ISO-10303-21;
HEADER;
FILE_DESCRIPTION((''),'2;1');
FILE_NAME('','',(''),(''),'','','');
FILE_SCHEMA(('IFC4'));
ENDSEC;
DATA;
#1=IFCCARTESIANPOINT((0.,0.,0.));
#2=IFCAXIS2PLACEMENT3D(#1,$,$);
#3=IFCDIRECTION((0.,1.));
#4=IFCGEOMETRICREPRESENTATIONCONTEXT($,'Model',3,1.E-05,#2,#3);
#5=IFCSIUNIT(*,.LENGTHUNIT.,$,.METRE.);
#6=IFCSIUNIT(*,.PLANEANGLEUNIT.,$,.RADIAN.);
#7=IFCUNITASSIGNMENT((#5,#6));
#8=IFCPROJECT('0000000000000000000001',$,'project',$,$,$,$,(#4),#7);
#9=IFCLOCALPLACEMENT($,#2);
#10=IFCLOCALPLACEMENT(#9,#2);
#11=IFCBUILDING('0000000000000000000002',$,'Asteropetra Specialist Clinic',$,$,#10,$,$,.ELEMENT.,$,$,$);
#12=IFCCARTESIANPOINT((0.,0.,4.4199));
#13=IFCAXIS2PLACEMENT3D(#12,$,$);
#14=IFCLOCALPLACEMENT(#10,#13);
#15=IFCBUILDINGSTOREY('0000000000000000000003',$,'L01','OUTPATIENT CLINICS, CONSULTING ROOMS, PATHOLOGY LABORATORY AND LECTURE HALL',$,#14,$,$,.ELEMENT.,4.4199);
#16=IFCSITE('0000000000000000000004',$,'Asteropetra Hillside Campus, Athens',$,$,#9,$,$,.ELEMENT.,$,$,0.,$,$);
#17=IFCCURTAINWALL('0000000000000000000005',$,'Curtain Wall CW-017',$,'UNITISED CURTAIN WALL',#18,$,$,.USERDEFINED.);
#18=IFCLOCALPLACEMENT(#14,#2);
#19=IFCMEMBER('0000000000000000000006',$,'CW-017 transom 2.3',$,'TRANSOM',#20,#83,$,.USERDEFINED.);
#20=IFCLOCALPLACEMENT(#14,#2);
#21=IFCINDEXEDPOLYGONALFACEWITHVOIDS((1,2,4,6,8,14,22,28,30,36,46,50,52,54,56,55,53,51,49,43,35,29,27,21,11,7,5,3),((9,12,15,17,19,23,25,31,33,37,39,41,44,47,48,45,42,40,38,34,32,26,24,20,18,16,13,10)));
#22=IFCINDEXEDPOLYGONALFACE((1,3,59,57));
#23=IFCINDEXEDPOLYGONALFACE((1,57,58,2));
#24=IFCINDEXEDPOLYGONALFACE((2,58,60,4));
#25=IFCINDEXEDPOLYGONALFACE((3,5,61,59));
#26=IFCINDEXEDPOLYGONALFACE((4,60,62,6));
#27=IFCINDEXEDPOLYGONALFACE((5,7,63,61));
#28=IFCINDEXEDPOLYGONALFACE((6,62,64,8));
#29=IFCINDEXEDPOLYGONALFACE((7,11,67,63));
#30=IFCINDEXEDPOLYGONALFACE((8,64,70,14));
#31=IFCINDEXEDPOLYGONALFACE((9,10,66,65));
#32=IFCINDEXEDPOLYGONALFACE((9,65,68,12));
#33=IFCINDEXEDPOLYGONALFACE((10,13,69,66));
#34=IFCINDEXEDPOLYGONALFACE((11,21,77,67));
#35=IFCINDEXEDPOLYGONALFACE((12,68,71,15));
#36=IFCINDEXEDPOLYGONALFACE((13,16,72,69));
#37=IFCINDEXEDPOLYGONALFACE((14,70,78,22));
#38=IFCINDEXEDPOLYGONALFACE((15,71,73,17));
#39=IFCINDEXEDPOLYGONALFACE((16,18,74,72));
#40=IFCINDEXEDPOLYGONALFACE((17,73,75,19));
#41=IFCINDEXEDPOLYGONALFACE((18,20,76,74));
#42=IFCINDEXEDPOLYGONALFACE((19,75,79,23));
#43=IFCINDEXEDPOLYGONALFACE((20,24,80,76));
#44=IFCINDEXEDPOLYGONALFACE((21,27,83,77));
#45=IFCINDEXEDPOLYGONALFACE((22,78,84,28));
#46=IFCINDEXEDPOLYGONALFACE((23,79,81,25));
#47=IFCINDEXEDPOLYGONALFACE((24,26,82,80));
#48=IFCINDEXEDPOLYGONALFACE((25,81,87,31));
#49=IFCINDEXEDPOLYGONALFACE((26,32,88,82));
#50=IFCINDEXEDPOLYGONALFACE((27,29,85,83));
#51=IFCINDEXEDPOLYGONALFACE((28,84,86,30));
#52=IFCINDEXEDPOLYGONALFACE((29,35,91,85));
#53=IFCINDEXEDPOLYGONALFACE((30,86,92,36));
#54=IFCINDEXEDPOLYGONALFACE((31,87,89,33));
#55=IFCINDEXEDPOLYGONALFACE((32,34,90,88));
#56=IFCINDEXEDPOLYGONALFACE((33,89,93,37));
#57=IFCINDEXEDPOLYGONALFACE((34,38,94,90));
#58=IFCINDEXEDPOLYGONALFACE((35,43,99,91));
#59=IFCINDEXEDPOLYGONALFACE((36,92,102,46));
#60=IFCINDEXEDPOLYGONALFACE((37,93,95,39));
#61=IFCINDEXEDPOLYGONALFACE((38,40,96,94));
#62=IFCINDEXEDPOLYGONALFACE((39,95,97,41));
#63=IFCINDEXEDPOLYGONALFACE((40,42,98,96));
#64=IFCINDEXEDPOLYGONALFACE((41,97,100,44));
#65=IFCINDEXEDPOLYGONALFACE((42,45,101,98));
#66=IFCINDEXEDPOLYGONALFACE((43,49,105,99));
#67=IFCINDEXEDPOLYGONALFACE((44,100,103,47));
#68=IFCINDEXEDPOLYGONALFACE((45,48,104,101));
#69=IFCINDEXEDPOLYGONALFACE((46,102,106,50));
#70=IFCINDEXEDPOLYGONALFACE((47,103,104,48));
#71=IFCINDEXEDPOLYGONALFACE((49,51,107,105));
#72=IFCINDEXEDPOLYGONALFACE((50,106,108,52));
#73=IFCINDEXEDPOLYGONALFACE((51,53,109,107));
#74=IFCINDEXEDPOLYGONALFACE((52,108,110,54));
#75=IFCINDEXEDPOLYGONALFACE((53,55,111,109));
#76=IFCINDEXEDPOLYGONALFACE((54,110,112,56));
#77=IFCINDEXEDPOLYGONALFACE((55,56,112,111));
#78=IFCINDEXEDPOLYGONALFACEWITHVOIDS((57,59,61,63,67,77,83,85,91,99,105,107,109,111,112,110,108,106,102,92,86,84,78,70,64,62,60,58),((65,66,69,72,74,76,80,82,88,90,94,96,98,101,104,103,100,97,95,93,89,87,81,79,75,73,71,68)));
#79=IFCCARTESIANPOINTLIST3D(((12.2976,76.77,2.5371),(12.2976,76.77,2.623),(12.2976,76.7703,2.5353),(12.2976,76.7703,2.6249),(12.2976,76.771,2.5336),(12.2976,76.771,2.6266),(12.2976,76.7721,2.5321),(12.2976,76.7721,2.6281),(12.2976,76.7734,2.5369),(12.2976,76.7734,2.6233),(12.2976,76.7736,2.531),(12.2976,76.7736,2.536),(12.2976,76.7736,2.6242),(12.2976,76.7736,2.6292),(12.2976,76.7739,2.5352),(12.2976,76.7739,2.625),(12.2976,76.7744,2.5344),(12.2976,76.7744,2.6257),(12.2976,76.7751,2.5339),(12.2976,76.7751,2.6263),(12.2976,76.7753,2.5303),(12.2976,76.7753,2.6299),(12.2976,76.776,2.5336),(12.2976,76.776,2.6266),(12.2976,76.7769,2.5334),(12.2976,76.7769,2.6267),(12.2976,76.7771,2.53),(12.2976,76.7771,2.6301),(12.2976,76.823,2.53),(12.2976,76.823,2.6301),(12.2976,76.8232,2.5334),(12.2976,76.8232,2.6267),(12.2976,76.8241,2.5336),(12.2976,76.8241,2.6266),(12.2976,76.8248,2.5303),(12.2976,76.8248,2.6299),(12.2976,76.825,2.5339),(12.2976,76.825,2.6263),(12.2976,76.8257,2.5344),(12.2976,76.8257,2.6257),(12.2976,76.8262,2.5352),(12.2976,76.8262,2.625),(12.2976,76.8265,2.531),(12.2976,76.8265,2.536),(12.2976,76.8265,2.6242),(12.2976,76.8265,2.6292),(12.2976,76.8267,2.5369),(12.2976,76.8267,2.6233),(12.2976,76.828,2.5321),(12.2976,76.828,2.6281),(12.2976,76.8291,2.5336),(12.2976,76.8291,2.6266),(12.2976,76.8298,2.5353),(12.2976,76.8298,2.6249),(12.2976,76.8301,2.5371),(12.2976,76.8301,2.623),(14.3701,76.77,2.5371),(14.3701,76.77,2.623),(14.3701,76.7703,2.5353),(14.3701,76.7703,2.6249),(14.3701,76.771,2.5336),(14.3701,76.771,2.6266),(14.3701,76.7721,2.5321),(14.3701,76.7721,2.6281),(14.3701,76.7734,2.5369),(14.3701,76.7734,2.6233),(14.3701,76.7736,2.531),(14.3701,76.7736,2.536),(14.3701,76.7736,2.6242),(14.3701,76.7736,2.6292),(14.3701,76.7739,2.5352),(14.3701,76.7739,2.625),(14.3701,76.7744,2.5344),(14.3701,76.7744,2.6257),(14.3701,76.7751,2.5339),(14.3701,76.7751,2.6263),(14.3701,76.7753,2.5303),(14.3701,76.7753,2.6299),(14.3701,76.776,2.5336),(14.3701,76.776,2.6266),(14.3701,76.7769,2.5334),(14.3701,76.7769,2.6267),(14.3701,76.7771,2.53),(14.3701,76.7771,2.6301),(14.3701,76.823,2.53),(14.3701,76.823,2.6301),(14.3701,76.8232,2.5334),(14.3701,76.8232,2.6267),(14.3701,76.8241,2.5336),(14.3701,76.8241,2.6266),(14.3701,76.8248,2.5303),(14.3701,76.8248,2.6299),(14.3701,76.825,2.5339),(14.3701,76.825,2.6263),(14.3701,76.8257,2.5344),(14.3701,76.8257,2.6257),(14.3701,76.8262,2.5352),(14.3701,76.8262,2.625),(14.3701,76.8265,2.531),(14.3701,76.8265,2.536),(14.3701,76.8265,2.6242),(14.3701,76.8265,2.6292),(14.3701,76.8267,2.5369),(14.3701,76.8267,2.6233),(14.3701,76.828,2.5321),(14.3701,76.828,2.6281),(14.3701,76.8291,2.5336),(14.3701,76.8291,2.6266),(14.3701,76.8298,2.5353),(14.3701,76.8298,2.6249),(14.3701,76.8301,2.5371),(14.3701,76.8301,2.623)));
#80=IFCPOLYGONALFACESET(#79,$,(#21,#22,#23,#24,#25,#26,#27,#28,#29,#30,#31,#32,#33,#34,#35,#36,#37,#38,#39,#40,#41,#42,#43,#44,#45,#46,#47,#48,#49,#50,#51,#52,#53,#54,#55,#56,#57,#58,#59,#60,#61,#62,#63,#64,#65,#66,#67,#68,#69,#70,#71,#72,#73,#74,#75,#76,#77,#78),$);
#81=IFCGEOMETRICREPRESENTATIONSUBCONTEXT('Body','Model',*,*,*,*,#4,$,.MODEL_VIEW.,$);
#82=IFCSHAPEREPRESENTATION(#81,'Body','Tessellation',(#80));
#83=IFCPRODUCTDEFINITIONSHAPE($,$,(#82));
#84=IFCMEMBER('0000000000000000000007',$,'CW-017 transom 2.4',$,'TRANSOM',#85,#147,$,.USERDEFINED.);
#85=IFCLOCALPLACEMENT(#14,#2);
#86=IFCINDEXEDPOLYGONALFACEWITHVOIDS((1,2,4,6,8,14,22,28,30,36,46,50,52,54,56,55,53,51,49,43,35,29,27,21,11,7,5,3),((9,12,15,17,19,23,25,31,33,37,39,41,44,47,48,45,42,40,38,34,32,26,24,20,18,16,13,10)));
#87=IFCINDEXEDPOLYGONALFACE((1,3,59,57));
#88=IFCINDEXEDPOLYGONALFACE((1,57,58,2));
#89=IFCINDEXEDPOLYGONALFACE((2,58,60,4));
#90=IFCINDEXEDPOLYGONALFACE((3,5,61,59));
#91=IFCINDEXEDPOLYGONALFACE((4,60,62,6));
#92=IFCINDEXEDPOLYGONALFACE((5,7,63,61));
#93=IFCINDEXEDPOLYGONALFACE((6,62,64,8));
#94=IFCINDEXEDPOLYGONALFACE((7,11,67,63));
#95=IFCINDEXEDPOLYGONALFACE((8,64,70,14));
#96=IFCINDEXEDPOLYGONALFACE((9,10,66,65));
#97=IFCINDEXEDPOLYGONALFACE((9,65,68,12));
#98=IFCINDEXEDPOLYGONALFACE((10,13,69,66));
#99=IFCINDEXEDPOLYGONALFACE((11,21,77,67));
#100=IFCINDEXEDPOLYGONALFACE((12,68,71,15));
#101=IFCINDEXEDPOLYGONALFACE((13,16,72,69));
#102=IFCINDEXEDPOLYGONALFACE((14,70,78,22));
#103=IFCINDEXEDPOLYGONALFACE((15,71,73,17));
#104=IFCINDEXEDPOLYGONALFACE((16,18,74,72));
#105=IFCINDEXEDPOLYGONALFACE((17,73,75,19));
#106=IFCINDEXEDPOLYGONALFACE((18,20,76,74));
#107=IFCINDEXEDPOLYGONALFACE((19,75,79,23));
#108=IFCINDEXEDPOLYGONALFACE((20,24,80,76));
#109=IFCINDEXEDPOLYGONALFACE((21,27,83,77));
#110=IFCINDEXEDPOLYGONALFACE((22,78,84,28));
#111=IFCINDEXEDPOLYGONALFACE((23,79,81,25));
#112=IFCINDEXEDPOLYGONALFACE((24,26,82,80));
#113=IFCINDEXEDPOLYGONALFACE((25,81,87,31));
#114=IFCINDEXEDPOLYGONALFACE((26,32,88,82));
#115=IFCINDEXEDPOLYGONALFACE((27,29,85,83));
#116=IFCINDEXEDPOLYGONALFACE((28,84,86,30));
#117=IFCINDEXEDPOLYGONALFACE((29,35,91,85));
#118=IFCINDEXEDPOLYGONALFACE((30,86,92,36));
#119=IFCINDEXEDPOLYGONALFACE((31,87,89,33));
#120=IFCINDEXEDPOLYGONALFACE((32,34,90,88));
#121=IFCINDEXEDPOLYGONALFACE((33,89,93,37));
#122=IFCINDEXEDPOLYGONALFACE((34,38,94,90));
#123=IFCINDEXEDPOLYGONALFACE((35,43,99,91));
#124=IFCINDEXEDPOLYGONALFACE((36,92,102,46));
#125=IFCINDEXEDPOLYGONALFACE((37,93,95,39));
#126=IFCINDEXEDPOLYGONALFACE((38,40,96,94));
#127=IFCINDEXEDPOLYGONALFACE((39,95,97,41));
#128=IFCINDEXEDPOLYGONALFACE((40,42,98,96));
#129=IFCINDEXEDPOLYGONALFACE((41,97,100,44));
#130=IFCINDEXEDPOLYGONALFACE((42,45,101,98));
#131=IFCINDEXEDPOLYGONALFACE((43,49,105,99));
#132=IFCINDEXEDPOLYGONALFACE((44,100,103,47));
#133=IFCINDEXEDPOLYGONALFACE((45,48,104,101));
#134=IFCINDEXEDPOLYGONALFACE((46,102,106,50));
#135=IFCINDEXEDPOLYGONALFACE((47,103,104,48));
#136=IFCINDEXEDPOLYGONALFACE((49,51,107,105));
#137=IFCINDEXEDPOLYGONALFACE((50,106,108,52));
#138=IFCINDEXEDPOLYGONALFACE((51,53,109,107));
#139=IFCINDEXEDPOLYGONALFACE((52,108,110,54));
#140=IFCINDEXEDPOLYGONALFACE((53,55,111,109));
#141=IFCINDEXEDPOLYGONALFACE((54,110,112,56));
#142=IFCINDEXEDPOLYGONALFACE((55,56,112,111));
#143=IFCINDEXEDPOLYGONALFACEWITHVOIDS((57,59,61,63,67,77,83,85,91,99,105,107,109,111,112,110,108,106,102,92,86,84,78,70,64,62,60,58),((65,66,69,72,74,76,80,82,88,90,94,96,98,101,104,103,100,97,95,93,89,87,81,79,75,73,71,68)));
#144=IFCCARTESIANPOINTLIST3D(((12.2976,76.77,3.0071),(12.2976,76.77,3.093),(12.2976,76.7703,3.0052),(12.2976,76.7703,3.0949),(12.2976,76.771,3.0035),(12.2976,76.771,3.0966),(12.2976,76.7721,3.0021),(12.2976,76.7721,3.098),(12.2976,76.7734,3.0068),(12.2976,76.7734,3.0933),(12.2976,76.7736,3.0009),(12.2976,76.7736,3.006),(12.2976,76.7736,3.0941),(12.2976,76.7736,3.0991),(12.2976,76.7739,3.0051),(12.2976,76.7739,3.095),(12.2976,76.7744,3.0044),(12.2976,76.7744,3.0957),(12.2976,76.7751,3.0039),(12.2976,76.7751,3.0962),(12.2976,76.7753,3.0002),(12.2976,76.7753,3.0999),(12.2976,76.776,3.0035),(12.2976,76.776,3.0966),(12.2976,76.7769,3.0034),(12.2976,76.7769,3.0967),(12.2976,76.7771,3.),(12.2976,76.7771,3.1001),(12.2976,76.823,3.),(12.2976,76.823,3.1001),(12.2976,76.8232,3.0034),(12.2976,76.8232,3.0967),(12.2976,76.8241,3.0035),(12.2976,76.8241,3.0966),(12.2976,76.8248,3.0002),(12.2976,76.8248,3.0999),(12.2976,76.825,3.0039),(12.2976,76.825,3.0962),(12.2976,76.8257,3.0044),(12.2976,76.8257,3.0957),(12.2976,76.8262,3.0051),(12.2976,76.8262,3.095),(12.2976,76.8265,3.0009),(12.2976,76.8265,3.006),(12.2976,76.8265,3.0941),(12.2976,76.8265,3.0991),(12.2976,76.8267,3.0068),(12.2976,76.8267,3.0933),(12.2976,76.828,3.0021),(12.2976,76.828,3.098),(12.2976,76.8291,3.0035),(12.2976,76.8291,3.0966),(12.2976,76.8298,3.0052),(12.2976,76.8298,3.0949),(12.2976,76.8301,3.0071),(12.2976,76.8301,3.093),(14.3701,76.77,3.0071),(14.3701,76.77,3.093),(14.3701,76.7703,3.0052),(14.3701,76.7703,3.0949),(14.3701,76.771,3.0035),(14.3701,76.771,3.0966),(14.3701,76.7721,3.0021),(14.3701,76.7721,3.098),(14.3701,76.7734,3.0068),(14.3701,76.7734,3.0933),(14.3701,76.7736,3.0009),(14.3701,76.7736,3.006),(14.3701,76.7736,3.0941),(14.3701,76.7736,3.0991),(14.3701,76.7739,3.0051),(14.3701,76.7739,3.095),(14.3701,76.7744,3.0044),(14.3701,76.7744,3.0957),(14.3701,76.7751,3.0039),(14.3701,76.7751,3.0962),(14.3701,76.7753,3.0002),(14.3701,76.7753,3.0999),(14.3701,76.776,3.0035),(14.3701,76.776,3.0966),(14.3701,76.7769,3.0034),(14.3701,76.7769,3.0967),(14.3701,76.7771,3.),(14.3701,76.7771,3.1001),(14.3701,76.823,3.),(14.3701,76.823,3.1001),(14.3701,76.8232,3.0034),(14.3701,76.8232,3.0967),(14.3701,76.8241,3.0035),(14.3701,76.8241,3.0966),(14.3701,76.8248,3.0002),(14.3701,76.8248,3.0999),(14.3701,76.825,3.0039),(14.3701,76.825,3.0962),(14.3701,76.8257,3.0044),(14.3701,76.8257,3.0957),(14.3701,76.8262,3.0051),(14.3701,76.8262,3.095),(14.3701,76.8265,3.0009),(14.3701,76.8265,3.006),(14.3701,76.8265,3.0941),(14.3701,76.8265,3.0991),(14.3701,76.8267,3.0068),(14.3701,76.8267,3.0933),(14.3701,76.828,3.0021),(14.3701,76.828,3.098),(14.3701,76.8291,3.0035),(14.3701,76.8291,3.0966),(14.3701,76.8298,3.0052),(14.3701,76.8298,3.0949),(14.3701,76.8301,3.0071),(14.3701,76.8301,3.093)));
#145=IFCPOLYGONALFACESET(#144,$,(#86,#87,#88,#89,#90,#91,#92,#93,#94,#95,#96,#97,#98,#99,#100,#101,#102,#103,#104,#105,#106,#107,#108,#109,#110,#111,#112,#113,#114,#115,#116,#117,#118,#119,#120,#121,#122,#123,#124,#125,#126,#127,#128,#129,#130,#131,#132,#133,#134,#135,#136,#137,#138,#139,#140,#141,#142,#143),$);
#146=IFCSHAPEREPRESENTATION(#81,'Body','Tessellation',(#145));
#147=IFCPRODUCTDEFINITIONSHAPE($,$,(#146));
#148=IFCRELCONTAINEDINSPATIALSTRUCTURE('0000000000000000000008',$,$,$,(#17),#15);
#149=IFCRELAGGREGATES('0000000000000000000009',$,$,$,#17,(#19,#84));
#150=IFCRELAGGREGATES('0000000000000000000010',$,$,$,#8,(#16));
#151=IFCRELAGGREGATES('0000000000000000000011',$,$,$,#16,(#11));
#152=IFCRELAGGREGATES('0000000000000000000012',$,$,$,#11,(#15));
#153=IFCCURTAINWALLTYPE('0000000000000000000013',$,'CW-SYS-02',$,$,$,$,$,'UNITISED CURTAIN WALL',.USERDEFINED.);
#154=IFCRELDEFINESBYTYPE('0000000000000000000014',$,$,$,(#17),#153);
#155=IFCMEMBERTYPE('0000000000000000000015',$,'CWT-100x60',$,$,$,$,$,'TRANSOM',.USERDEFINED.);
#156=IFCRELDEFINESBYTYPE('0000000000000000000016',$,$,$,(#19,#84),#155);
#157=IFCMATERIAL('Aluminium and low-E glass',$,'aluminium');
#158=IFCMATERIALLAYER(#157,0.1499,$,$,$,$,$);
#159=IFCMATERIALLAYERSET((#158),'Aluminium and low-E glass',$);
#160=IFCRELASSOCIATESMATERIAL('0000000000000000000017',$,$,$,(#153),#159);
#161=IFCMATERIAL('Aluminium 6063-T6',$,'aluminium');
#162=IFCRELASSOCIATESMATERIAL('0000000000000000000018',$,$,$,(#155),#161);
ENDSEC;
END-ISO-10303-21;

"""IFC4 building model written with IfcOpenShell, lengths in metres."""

from ifc_helpers import new_model, si_unit, direction, frame, origin, origin_2d, place, context, subcontext, project, spatial, hollow_rectangle, extrude, material, layer, layer_set, material_profile, profile_set, type_object, element, aggregate, save


model = new_model("IFC4")

# Units and contexts
model_context = context("Model", 3, precision=1e-05, world=origin(), true_north=direction((0.0, 1.0)))
body_context = subcontext(model_context, "Body", "Model", "MODEL_VIEW")
ifc_project = project(units=[si_unit("LENGTHUNIT", "METRE"), si_unit("PLANEANGLEUNIT", "RADIAN")], contexts=[model_context])

# Site, building, storey
site_placement = place(None, origin())
site = spatial("IfcSite", under=ifc_project, at=site_placement, Name="Asteropetra Hillside Campus, Athens", CompositionType="ELEMENT", RefElevation=0.0)
building_placement = place(site_placement, origin())
building = spatial("IfcBuilding", under=site, at=building_placement, Name="Asteropetra Specialist Clinic", CompositionType="ELEMENT")
storey_placement = place(building_placement, frame((0.0, 0.0, 4.4199)))
storey = spatial("IfcBuildingStorey", under=building, at=storey_placement, Name="L01", Description="OUTPATIENT CLINICS, CONSULTING ROOMS, PATHOLOGY LABORATORY AND LECTURE HALL", CompositionType="ELEMENT", Elevation=4.4199)

# Curtain wall
ifc_material_1 = material(Name="Aluminium and low-E glass", Category="aluminium")
ifc_layer_1 = layer(ifc_material_1, 0.1499)
ifc_layer_set_1 = layer_set([ifc_layer_1], Name="Aluminium and low-E glass")
curtain_wall_type_1 = type_object("IfcCurtainWallType", Name="CW-SYS-02", ElementType="UNITISED CURTAIN WALL", PredefinedType="USERDEFINED", material=ifc_layer_set_1)
curtain_wall_1_placement = place(storey_placement, origin())
curtain_wall_1 = element("IfcCurtainWall", 1, at=curtain_wall_1_placement, inside=storey, type_object=curtain_wall_type_1, Name="Curtain Wall CW-017", ObjectType="UNITISED CURTAIN WALL", PredefinedType="USERDEFINED")

# Members
ifc_material_2 = material(Name="Aluminium 6063-T6", Category="aluminium")
ifc_material_profile_1 = material_profile(ifc_material_2, hollow_rectangle(XDim=0.0601, YDim=0.1001, WallThickness=0.0034, InnerFilletRadius=0.0034, OuterFilletRadius=0.0071, at=origin_2d()), Name="TRN 100x60x3.5")
ifc_profile_set_1 = profile_set([ifc_material_profile_1], Name="Aluminium 6063-T6")
member_type_1 = type_object("IfcMemberType", Name="CWT-100x60", ElementType="TRANSOM", PredefinedType="USERDEFINED", material=ifc_profile_set_1)
member_1_placement = place(storey_placement, frame((12.2976, 76.8, 2.5801), z_axis=(1.0, 0.0, 0.0), x_axis=(0.0, 1.0, 0.0)))
member_1 = element("IfcMember", 2, at=member_1_placement, type_object=member_type_1, Name="CW-017 transom 2.3", ObjectType="TRANSOM", PredefinedType="USERDEFINED", context=body_context, shape_type="SweptSolid", body=[
    extrude(hollow_rectangle(XDim=0.0601, YDim=0.1001, WallThickness=0.0034, InnerFilletRadius=0.0034, OuterFilletRadius=0.0071, at=origin_2d()), origin(), (0.0, 0.0, 1.0), 2.0725),
])
member_2_placement = place(storey_placement, frame((12.2976, 76.8, 3.05), z_axis=(1.0, 0.0, 0.0), x_axis=(0.0, 1.0, 0.0)))
member_2 = element("IfcMember", 3, at=member_2_placement, type_object=member_type_1, Name="CW-017 transom 2.4", ObjectType="TRANSOM", PredefinedType="USERDEFINED", context=body_context, shape_type="SweptSolid", body=[
    extrude(hollow_rectangle(XDim=0.0601, YDim=0.1001, WallThickness=0.0034, InnerFilletRadius=0.0034, OuterFilletRadius=0.0071, at=origin_2d()), origin(), (0.0, 0.0, 1.0), 2.0725),
])

aggregate(curtain_wall_1, [member_1, member_2])

save(model, "model.ifc")
